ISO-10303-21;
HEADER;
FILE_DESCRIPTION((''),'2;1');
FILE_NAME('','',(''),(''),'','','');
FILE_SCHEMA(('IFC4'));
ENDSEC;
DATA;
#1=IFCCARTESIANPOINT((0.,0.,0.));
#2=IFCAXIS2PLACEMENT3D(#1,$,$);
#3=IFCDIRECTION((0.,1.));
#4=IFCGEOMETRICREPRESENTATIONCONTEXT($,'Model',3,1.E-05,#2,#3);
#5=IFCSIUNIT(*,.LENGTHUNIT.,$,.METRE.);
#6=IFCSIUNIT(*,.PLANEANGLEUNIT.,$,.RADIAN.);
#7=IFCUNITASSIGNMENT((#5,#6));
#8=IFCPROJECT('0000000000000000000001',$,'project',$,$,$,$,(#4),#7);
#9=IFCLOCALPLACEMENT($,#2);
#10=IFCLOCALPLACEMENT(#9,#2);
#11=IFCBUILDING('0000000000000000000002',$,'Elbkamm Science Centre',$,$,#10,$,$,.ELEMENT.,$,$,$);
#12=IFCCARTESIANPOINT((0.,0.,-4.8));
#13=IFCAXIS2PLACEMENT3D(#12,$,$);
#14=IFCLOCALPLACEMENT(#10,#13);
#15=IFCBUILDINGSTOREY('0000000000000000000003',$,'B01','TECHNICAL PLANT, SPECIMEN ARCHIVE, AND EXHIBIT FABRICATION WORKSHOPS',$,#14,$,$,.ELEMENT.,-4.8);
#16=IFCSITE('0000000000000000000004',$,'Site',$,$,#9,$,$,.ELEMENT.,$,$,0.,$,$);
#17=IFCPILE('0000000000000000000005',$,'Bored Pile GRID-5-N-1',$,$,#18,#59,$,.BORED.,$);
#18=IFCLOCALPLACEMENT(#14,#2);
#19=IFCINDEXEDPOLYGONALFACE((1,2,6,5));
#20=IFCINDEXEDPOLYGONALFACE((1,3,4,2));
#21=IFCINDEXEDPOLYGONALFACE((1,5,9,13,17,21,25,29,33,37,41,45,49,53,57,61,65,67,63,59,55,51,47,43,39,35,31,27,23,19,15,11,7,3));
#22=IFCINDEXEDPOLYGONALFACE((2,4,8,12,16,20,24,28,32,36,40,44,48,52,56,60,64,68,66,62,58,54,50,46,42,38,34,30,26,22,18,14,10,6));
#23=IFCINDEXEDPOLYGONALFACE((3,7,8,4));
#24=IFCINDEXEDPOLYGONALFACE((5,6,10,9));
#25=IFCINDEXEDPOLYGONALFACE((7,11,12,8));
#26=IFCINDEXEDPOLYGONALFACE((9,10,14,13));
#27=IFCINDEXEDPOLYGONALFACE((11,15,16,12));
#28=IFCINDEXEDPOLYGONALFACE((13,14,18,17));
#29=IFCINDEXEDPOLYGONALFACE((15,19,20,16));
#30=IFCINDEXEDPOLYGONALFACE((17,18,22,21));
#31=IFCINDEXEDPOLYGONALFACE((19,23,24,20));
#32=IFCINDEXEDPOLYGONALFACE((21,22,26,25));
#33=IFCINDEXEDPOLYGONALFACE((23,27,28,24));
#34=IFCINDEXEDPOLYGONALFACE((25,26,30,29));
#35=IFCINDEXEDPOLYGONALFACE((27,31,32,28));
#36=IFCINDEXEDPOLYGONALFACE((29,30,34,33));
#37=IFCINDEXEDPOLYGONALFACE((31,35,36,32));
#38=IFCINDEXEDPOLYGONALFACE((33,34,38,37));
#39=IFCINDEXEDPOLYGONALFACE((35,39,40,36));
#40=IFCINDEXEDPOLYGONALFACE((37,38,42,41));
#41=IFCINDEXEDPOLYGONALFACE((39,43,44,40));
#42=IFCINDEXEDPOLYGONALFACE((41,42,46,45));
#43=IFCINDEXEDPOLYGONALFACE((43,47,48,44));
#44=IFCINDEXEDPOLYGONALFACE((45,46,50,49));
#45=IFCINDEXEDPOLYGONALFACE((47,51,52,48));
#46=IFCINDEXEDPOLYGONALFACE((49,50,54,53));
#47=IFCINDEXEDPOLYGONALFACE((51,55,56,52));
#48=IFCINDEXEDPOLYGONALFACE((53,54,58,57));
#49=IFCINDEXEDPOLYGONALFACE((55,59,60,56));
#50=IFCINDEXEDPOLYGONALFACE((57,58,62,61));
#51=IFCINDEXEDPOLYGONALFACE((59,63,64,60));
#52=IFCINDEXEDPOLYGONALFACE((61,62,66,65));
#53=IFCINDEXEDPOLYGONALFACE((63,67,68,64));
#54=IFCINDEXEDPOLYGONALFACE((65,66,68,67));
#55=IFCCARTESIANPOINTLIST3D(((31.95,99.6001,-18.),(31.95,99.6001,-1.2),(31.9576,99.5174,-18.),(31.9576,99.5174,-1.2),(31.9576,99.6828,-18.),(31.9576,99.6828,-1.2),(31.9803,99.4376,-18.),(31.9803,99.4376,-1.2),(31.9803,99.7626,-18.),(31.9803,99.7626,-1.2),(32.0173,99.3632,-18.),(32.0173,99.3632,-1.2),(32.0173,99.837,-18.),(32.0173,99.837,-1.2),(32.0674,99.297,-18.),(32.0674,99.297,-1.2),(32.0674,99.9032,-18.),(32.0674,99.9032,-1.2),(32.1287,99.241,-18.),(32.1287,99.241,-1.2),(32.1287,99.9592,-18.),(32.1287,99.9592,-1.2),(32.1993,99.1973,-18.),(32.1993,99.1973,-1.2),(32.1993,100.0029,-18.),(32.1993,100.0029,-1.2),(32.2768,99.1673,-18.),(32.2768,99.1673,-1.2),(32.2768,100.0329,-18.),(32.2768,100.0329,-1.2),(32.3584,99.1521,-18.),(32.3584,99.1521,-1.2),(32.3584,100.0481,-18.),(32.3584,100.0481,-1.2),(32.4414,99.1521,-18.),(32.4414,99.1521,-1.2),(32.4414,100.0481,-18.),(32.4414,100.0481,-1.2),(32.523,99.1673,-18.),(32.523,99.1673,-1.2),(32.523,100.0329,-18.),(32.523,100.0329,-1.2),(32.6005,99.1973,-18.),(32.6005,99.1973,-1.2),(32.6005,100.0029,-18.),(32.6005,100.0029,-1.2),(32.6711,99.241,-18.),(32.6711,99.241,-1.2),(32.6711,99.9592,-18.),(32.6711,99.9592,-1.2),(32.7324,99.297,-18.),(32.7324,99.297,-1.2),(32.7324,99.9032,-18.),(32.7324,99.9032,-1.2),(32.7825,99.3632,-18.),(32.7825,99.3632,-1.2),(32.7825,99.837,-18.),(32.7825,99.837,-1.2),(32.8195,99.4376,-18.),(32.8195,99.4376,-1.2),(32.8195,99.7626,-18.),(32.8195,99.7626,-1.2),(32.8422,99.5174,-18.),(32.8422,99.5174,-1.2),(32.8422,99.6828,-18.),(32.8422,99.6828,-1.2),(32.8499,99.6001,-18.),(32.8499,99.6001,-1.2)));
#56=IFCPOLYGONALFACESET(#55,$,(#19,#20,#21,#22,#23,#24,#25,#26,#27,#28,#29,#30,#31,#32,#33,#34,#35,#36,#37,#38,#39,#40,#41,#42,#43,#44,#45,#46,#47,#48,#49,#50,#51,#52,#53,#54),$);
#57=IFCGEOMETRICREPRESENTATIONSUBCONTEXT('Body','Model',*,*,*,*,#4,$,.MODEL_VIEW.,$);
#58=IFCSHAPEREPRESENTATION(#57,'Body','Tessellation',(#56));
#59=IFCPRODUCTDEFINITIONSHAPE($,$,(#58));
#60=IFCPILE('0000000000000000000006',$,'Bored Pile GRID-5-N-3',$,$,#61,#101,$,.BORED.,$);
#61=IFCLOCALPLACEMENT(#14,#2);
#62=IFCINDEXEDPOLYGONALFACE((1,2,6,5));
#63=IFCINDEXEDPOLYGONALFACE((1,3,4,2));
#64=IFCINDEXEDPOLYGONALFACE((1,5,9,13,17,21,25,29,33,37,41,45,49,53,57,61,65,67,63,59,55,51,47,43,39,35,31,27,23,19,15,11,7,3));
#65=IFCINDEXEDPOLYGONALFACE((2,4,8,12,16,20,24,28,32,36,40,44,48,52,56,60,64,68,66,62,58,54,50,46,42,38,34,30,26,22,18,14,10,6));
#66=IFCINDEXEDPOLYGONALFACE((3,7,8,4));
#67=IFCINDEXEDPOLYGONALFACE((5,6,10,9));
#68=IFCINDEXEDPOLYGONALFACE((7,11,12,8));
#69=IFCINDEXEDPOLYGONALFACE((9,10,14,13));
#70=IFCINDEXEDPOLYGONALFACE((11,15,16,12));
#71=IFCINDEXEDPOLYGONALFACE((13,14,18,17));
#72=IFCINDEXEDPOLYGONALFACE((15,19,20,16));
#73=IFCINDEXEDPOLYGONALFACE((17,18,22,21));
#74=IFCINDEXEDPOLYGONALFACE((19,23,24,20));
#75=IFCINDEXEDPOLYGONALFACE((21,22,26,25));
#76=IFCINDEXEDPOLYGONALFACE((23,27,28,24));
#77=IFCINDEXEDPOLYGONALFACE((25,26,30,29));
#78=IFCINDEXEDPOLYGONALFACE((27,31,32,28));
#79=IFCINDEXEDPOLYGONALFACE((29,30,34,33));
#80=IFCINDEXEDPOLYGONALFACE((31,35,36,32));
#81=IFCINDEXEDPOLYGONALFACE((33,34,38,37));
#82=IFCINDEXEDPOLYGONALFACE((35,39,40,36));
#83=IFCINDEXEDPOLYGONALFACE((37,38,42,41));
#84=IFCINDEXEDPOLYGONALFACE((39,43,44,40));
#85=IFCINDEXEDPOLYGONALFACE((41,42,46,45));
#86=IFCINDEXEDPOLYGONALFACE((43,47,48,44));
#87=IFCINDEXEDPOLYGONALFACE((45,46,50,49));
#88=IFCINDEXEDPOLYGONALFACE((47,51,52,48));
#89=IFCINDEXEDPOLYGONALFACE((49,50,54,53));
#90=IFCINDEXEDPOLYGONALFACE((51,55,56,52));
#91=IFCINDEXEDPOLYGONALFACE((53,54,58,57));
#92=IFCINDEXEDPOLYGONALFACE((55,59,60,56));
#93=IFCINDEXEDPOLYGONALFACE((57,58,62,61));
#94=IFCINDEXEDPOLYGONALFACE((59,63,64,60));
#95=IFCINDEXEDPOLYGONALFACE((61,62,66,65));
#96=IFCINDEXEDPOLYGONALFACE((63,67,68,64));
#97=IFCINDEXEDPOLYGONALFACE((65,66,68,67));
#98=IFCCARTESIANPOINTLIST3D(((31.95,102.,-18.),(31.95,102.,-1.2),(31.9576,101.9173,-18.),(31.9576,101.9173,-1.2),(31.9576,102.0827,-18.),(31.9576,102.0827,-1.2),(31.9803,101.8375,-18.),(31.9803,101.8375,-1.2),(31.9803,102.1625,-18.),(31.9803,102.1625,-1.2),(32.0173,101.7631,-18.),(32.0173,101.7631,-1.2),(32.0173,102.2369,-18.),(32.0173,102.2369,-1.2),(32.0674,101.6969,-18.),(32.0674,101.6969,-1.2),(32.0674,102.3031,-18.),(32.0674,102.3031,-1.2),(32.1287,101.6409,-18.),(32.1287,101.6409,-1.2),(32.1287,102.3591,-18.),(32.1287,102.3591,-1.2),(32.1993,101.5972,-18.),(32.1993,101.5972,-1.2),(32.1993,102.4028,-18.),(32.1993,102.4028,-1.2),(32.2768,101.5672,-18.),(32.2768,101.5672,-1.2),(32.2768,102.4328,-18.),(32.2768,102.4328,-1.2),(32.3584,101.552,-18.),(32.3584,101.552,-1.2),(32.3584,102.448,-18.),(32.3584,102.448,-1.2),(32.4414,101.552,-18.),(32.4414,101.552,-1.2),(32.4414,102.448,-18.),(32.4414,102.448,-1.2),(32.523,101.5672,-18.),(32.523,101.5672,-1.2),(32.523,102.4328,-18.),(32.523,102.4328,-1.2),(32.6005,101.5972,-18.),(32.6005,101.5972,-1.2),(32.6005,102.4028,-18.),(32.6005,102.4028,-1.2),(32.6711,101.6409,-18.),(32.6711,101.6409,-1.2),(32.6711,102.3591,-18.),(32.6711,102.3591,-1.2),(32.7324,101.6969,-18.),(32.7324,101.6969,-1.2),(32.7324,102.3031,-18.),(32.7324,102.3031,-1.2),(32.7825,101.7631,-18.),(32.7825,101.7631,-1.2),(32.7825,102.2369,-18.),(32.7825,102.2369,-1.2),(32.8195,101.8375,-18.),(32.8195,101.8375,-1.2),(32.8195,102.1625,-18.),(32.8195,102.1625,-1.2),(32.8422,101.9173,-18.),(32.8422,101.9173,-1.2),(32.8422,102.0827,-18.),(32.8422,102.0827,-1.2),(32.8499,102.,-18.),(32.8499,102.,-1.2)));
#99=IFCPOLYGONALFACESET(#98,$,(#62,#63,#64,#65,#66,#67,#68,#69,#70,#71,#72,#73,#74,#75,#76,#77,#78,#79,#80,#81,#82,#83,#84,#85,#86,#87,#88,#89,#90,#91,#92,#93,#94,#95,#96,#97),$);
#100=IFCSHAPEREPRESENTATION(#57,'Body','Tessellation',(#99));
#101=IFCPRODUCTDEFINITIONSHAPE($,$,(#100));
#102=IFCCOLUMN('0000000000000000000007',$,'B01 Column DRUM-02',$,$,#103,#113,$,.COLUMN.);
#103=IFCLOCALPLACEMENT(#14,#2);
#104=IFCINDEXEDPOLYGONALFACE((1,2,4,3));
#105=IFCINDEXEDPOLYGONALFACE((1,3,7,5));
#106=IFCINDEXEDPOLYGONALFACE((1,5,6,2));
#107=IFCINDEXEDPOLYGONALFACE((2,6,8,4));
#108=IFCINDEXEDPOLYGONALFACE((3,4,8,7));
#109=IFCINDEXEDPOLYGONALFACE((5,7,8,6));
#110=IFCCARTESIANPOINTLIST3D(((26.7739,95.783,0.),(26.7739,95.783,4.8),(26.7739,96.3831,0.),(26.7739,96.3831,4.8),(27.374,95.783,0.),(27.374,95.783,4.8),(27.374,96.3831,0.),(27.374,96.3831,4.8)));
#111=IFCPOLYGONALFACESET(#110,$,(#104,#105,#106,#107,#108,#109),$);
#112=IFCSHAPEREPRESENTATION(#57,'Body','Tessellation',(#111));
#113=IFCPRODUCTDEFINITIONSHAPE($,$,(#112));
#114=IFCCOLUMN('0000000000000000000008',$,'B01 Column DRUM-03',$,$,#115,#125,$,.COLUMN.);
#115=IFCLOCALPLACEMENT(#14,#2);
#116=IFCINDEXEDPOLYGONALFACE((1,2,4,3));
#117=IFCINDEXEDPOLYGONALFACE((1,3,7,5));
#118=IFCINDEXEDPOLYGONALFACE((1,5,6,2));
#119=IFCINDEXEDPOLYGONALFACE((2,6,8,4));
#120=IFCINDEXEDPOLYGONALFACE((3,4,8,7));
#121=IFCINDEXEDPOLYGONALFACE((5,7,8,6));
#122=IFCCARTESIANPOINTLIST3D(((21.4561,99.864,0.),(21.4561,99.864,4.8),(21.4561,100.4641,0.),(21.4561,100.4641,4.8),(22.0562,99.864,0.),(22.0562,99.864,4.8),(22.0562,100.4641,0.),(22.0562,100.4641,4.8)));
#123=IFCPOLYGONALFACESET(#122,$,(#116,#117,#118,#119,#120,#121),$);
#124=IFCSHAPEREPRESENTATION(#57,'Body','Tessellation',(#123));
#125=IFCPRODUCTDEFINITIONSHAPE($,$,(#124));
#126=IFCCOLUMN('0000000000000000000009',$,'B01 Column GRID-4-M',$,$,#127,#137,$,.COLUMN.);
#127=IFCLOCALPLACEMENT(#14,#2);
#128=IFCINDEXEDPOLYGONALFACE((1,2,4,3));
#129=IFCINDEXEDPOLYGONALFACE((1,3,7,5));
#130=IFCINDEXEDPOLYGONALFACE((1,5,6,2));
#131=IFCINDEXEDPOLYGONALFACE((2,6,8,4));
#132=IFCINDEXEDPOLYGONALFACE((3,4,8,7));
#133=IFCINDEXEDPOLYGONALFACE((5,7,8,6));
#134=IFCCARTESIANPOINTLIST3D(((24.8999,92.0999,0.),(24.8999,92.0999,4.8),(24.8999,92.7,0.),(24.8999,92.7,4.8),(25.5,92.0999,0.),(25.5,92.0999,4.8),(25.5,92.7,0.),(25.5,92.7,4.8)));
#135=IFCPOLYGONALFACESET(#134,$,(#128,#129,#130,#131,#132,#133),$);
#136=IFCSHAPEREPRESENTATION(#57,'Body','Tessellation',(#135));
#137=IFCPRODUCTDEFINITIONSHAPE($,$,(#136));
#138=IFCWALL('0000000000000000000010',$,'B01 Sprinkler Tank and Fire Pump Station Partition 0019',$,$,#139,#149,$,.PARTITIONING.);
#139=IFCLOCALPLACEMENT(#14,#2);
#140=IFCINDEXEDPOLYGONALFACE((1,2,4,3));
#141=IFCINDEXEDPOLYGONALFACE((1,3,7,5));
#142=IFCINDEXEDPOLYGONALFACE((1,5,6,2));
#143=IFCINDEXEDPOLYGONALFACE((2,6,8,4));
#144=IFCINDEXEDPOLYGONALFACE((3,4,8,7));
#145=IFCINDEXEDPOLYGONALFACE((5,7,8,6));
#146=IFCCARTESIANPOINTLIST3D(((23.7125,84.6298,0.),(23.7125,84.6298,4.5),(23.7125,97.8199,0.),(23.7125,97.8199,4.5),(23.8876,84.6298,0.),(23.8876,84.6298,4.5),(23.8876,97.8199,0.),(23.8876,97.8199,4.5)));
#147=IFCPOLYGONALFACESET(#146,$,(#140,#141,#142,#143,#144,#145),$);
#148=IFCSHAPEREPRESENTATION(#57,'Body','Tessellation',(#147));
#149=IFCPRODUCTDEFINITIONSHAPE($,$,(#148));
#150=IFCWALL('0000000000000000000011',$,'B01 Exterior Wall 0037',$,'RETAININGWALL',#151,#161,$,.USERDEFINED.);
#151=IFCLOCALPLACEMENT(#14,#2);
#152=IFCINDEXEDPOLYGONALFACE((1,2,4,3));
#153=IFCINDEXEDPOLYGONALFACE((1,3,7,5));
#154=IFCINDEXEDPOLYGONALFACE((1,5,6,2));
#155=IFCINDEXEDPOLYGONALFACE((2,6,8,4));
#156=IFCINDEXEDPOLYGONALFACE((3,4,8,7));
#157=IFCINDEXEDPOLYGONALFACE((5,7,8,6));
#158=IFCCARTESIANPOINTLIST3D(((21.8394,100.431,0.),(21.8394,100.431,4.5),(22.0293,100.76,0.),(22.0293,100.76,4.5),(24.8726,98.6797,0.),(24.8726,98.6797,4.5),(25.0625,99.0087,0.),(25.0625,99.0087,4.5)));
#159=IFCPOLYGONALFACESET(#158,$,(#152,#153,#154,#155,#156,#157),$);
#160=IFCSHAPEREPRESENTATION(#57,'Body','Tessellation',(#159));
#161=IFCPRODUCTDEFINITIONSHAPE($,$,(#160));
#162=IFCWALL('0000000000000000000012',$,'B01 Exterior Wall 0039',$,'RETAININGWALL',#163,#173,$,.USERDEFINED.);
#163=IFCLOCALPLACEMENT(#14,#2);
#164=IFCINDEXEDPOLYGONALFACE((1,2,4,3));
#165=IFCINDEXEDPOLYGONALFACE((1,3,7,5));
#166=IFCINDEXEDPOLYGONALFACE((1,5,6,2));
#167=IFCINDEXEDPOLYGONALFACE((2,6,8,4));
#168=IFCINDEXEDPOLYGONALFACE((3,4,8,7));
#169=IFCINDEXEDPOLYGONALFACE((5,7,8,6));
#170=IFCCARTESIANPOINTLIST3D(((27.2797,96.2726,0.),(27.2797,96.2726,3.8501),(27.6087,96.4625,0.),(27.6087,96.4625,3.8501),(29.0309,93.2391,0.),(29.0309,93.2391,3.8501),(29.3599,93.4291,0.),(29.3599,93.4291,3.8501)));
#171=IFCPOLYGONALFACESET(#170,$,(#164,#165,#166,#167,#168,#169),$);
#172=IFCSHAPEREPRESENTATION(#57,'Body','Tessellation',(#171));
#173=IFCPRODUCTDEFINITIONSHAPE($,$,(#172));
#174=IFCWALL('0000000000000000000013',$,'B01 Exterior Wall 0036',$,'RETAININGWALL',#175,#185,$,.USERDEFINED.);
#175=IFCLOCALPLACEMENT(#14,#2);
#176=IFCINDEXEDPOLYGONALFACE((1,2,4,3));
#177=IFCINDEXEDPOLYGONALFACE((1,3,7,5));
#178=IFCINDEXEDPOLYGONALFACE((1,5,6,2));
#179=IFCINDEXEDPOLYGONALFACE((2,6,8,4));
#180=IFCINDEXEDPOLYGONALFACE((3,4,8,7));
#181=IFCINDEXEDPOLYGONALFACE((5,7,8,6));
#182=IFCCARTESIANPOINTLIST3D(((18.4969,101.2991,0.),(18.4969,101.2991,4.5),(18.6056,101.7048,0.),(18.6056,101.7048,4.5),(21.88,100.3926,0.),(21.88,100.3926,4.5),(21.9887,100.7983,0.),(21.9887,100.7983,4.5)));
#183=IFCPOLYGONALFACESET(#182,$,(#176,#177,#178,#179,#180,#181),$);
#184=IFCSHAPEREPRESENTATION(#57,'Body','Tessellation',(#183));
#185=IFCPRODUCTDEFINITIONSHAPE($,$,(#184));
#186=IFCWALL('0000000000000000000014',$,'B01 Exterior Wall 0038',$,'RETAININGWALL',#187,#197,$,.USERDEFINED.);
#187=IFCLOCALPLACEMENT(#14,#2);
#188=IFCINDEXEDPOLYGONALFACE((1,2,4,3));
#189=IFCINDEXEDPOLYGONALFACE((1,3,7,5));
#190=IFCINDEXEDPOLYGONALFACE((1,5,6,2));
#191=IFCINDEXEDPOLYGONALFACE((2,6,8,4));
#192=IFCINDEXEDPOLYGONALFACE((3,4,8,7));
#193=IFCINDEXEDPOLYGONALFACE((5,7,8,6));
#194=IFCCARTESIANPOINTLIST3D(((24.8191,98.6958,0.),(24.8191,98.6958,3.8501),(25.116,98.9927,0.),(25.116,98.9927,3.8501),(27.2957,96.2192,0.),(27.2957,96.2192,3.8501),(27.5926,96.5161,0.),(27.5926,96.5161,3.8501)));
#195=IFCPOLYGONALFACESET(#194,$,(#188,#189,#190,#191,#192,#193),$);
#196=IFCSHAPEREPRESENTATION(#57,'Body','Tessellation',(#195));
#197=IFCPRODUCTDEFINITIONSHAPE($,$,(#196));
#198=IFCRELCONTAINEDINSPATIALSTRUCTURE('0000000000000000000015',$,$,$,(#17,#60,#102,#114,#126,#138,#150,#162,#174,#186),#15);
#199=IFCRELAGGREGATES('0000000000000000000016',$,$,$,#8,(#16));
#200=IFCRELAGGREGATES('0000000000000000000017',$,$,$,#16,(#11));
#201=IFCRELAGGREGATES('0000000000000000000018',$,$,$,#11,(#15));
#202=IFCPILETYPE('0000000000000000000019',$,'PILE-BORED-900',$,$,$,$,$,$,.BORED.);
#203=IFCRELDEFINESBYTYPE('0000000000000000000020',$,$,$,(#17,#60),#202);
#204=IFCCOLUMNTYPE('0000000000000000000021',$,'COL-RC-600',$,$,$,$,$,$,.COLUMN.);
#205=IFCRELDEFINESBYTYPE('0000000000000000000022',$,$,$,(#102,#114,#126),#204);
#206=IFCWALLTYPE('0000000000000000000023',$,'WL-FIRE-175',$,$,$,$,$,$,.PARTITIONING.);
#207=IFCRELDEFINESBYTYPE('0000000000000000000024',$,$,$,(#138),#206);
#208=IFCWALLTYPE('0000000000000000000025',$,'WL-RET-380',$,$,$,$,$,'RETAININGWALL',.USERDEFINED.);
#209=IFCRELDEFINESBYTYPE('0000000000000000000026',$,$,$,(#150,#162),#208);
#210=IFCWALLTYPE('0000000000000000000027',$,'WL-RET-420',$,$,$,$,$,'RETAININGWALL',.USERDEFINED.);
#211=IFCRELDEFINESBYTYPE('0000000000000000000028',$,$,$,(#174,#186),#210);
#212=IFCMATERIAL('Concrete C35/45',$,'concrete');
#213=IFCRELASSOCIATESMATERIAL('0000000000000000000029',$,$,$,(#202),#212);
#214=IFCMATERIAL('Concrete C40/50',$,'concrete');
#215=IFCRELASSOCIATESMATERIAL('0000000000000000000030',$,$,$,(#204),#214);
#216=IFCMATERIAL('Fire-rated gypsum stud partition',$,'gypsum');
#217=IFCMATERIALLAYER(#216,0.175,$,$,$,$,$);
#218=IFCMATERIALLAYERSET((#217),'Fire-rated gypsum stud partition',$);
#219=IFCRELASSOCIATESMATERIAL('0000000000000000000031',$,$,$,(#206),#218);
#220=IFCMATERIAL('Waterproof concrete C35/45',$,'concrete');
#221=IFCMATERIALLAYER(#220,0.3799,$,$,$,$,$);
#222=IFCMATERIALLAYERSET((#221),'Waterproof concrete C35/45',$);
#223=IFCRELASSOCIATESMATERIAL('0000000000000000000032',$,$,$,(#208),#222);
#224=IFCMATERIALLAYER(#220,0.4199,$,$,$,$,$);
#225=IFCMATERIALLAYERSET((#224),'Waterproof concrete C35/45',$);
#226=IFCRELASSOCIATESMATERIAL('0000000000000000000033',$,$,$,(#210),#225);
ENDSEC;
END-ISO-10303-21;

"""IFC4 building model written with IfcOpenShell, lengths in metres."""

from ifc_helpers import new_model, si_unit, direction, frame, frame_2d, origin, origin_2d, place, context, subcontext, project, spatial, rectangle, circle, extrude, material, layer, layer_set, material_profile, profile_set, type_object, element, save


model = new_model("IFC4")

# Units and contexts
model_context = context("Model", 3, precision=1e-05, world=origin(), true_north=direction((0.0, 1.0)))
body_context = subcontext(model_context, "Body", "Model", "MODEL_VIEW")
ifc_project = project(units=[si_unit("LENGTHUNIT", "METRE"), si_unit("PLANEANGLEUNIT", "RADIAN")], contexts=[model_context])

# Site, building, storey
site_placement = place(None, origin())
site = spatial("IfcSite", under=ifc_project, at=site_placement, Name="Site", CompositionType="ELEMENT", RefElevation=0.0)
building_placement = place(site_placement, origin())
building = spatial("IfcBuilding", under=site, at=building_placement, Name="Elbkamm Science Centre", CompositionType="ELEMENT")
storey_placement = place(building_placement, frame((0.0, 0.0, -4.8)))
storey = spatial("IfcBuildingStorey", under=building, at=storey_placement, Name="B01", Description="TECHNICAL PLANT, SPECIMEN ARCHIVE, AND EXHIBIT FABRICATION WORKSHOPS", CompositionType="ELEMENT", Elevation=-4.8)

# Shared definitions
ifc_material_1 = material(Name="Concrete C35/45", Category="concrete")

# Piles
ifc_material_profile_1 = material_profile(ifc_material_1, circle(Radius=0.45, at=origin_2d()), Name="PILE D900")
ifc_profile_set_1 = profile_set([ifc_material_profile_1], Name="Concrete C35/45")
pile_type = type_object("IfcPileType", Name="PILE-BORED-900", PredefinedType="BORED", material=ifc_profile_set_1)
for number, where, z_axis, x_axis, name in (
    (1, (32.3999, 99.6001, -1.2), (0.0, 0.0, -1.0), (1.0, 0.0, 0.0), "Bored Pile GRID-5-N-1"),
    (2, (32.3999, 102.0, -1.2), (0.0, 0.0, -1.0), (1.0, 0.0, 0.0), "Bored Pile GRID-5-N-3"),
):
    element("IfcPile", number, at=place(storey_placement, frame(where, z_axis=z_axis, x_axis=x_axis)), inside=storey, type_object=pile_type, Name=name, PredefinedType="BORED", context=body_context, shape_type="SweptSolid", body=[
        extrude(circle(Radius=0.45, at=origin_2d()), origin(), (0.0, 0.0, 1.0), 16.8),
    ])

# Columns
ifc_material_2 = material(Name="Concrete C40/50", Category="concrete")
ifc_material_profile_2 = material_profile(ifc_material_2, rectangle(XDim=0.6001, YDim=0.6001, at=origin_2d()), Name="RC 600x600")
ifc_profile_set_2 = profile_set([ifc_material_profile_2], Name="Concrete C40/50")
column_type = type_object("IfcColumnType", Name="COL-RC-600", PredefinedType="COLUMN", material=ifc_profile_set_2)
for number, where, z_axis, x_axis, name in (
    (3, (27.074, 96.083, 0.0), (0.0, 0.0, 1.0), (1.0, 0.0, 0.0), "B01 Column DRUM-02"),
    (4, (21.7561, 100.1641, 0.0), (0.0, 0.0, 1.0), (1.0, 0.0, 0.0), "B01 Column DRUM-03"),
    (5, (25.2, 92.3999, 0.0), (0.0, 0.0, 1.0), (1.0, 0.0, 0.0), "B01 Column GRID-4-M"),
):
    element("IfcColumn", number, at=place(storey_placement, frame(where, z_axis=z_axis, x_axis=x_axis)), inside=storey, type_object=column_type, Name=name, PredefinedType="COLUMN", context=body_context, shape_type="SweptSolid", body=[
        extrude(rectangle(XDim=0.6001, YDim=0.6001, at=origin_2d()), origin(), (0.0, 0.0, 1.0), 4.8),
    ])

# Walls
ifc_material_3 = material(Name="Fire-rated gypsum stud partition", Category="gypsum")
ifc_layer_1 = layer(ifc_material_3, 0.175)
ifc_layer_set_1 = layer_set([ifc_layer_1], Name="Fire-rated gypsum stud partition")
wall_type_1 = type_object("IfcWallType", Name="WL-FIRE-175", PredefinedType="PARTITIONING", material=ifc_layer_set_1)
wall_1_placement = place(storey_placement, frame((23.8, 97.8201, 0.0), z_axis=(0.0, 0.0, 1.0), x_axis=(0.0, -1.0, 0.0)))
element("IfcWall", 6, at=wall_1_placement, inside=storey, type_object=wall_type_1, Name="B01 Sprinkler Tank and Fire Pump Station Partition 0019", PredefinedType="PARTITIONING", context=body_context, shape_type="SweptSolid", body=[
    extrude(rectangle(XDim=13.1902, YDim=0.175, at=frame_2d((6.5952, 0.0))), origin(), (0.0, 0.0, 1.0), 4.5),
])
ifc_material_4 = material(Name="Waterproof concrete C35/45", Category="concrete")
ifc_layer_2 = layer(ifc_material_4, 0.3799)
ifc_layer_set_2 = layer_set([ifc_layer_2], Name="Waterproof concrete C35/45")
wall_type_2 = type_object("IfcWallType", Name="WL-RET-380", ElementType="RETAININGWALL", PredefinedType="USERDEFINED", material=ifc_layer_set_2)
wall_2_placement = place(storey_placement, frame((21.9343, 100.5955, 0.0), z_axis=(0.0, 0.0, 1.0), x_axis=(0.866025, -0.5, 0.0)))
element("IfcWall", 7, at=wall_2_placement, inside=storey, type_object=wall_type_2, Name="B01 Exterior Wall 0037", ObjectType="RETAININGWALL", PredefinedType="USERDEFINED", context=body_context, shape_type="SweptSolid", body=[
    extrude(rectangle(XDim=3.5024, YDim=0.3799, at=frame_2d((1.7512, 0.0))), origin(), (0.0, 0.0, 1.0), 4.5),
])
wall_3_placement = place(storey_placement, frame((27.4441, 96.3677, 0.0), z_axis=(0.0, 0.0, 1.0), x_axis=(0.49997, -0.866043, 0.0)))
element("IfcWall", 8, at=wall_3_placement, inside=storey, type_object=wall_type_2, Name="B01 Exterior Wall 0039", ObjectType="RETAININGWALL", PredefinedType="USERDEFINED", context=body_context, shape_type="SweptSolid", body=[
    extrude(rectangle(XDim=3.5027, YDim=0.3799, at=frame_2d((1.7515, 0.0))), origin(), (0.0, 0.0, 1.0), 3.8501),
])
ifc_layer_3 = layer(ifc_material_4, 0.4199)
ifc_layer_set_3 = layer_set([ifc_layer_3], Name="Waterproof concrete C35/45")
wall_type_3 = type_object("IfcWallType", Name="WL-RET-420", ElementType="RETAININGWALL", PredefinedType="USERDEFINED", material=ifc_layer_set_3)
wall_4_placement = place(storey_placement, frame((18.5513, 101.502, 0.0), z_axis=(0.0, 0.0, 1.0), x_axis=(0.965925, -0.258821, 0.0)))
element("IfcWall", 9, at=wall_4_placement, inside=storey, type_object=wall_type_3, Name="B01 Exterior Wall 0036", ObjectType="RETAININGWALL", PredefinedType="USERDEFINED", context=body_context, shape_type="SweptSolid", body=[
    extrude(rectangle(XDim=3.5024, YDim=0.4199, at=frame_2d((1.7512, 0.0))), origin(), (0.0, 0.0, 1.0), 4.5),
])
wall_5_placement = place(storey_placement, frame((24.9675, 98.8442, 0.0), z_axis=(0.0, 0.0, 1.0), x_axis=(0.707107, -0.707107, 0.0)))
element("IfcWall", 10, at=wall_5_placement, inside=storey, type_object=wall_type_3, Name="B01 Exterior Wall 0038", ObjectType="RETAININGWALL", PredefinedType="USERDEFINED", context=body_context, shape_type="SweptSolid", body=[
    extrude(rectangle(XDim=3.5024, YDim=0.4199, at=frame_2d((1.7512, 0.0))), origin(), (0.0, 0.0, 1.0), 3.8501),
])

save(model, "model.ifc")
